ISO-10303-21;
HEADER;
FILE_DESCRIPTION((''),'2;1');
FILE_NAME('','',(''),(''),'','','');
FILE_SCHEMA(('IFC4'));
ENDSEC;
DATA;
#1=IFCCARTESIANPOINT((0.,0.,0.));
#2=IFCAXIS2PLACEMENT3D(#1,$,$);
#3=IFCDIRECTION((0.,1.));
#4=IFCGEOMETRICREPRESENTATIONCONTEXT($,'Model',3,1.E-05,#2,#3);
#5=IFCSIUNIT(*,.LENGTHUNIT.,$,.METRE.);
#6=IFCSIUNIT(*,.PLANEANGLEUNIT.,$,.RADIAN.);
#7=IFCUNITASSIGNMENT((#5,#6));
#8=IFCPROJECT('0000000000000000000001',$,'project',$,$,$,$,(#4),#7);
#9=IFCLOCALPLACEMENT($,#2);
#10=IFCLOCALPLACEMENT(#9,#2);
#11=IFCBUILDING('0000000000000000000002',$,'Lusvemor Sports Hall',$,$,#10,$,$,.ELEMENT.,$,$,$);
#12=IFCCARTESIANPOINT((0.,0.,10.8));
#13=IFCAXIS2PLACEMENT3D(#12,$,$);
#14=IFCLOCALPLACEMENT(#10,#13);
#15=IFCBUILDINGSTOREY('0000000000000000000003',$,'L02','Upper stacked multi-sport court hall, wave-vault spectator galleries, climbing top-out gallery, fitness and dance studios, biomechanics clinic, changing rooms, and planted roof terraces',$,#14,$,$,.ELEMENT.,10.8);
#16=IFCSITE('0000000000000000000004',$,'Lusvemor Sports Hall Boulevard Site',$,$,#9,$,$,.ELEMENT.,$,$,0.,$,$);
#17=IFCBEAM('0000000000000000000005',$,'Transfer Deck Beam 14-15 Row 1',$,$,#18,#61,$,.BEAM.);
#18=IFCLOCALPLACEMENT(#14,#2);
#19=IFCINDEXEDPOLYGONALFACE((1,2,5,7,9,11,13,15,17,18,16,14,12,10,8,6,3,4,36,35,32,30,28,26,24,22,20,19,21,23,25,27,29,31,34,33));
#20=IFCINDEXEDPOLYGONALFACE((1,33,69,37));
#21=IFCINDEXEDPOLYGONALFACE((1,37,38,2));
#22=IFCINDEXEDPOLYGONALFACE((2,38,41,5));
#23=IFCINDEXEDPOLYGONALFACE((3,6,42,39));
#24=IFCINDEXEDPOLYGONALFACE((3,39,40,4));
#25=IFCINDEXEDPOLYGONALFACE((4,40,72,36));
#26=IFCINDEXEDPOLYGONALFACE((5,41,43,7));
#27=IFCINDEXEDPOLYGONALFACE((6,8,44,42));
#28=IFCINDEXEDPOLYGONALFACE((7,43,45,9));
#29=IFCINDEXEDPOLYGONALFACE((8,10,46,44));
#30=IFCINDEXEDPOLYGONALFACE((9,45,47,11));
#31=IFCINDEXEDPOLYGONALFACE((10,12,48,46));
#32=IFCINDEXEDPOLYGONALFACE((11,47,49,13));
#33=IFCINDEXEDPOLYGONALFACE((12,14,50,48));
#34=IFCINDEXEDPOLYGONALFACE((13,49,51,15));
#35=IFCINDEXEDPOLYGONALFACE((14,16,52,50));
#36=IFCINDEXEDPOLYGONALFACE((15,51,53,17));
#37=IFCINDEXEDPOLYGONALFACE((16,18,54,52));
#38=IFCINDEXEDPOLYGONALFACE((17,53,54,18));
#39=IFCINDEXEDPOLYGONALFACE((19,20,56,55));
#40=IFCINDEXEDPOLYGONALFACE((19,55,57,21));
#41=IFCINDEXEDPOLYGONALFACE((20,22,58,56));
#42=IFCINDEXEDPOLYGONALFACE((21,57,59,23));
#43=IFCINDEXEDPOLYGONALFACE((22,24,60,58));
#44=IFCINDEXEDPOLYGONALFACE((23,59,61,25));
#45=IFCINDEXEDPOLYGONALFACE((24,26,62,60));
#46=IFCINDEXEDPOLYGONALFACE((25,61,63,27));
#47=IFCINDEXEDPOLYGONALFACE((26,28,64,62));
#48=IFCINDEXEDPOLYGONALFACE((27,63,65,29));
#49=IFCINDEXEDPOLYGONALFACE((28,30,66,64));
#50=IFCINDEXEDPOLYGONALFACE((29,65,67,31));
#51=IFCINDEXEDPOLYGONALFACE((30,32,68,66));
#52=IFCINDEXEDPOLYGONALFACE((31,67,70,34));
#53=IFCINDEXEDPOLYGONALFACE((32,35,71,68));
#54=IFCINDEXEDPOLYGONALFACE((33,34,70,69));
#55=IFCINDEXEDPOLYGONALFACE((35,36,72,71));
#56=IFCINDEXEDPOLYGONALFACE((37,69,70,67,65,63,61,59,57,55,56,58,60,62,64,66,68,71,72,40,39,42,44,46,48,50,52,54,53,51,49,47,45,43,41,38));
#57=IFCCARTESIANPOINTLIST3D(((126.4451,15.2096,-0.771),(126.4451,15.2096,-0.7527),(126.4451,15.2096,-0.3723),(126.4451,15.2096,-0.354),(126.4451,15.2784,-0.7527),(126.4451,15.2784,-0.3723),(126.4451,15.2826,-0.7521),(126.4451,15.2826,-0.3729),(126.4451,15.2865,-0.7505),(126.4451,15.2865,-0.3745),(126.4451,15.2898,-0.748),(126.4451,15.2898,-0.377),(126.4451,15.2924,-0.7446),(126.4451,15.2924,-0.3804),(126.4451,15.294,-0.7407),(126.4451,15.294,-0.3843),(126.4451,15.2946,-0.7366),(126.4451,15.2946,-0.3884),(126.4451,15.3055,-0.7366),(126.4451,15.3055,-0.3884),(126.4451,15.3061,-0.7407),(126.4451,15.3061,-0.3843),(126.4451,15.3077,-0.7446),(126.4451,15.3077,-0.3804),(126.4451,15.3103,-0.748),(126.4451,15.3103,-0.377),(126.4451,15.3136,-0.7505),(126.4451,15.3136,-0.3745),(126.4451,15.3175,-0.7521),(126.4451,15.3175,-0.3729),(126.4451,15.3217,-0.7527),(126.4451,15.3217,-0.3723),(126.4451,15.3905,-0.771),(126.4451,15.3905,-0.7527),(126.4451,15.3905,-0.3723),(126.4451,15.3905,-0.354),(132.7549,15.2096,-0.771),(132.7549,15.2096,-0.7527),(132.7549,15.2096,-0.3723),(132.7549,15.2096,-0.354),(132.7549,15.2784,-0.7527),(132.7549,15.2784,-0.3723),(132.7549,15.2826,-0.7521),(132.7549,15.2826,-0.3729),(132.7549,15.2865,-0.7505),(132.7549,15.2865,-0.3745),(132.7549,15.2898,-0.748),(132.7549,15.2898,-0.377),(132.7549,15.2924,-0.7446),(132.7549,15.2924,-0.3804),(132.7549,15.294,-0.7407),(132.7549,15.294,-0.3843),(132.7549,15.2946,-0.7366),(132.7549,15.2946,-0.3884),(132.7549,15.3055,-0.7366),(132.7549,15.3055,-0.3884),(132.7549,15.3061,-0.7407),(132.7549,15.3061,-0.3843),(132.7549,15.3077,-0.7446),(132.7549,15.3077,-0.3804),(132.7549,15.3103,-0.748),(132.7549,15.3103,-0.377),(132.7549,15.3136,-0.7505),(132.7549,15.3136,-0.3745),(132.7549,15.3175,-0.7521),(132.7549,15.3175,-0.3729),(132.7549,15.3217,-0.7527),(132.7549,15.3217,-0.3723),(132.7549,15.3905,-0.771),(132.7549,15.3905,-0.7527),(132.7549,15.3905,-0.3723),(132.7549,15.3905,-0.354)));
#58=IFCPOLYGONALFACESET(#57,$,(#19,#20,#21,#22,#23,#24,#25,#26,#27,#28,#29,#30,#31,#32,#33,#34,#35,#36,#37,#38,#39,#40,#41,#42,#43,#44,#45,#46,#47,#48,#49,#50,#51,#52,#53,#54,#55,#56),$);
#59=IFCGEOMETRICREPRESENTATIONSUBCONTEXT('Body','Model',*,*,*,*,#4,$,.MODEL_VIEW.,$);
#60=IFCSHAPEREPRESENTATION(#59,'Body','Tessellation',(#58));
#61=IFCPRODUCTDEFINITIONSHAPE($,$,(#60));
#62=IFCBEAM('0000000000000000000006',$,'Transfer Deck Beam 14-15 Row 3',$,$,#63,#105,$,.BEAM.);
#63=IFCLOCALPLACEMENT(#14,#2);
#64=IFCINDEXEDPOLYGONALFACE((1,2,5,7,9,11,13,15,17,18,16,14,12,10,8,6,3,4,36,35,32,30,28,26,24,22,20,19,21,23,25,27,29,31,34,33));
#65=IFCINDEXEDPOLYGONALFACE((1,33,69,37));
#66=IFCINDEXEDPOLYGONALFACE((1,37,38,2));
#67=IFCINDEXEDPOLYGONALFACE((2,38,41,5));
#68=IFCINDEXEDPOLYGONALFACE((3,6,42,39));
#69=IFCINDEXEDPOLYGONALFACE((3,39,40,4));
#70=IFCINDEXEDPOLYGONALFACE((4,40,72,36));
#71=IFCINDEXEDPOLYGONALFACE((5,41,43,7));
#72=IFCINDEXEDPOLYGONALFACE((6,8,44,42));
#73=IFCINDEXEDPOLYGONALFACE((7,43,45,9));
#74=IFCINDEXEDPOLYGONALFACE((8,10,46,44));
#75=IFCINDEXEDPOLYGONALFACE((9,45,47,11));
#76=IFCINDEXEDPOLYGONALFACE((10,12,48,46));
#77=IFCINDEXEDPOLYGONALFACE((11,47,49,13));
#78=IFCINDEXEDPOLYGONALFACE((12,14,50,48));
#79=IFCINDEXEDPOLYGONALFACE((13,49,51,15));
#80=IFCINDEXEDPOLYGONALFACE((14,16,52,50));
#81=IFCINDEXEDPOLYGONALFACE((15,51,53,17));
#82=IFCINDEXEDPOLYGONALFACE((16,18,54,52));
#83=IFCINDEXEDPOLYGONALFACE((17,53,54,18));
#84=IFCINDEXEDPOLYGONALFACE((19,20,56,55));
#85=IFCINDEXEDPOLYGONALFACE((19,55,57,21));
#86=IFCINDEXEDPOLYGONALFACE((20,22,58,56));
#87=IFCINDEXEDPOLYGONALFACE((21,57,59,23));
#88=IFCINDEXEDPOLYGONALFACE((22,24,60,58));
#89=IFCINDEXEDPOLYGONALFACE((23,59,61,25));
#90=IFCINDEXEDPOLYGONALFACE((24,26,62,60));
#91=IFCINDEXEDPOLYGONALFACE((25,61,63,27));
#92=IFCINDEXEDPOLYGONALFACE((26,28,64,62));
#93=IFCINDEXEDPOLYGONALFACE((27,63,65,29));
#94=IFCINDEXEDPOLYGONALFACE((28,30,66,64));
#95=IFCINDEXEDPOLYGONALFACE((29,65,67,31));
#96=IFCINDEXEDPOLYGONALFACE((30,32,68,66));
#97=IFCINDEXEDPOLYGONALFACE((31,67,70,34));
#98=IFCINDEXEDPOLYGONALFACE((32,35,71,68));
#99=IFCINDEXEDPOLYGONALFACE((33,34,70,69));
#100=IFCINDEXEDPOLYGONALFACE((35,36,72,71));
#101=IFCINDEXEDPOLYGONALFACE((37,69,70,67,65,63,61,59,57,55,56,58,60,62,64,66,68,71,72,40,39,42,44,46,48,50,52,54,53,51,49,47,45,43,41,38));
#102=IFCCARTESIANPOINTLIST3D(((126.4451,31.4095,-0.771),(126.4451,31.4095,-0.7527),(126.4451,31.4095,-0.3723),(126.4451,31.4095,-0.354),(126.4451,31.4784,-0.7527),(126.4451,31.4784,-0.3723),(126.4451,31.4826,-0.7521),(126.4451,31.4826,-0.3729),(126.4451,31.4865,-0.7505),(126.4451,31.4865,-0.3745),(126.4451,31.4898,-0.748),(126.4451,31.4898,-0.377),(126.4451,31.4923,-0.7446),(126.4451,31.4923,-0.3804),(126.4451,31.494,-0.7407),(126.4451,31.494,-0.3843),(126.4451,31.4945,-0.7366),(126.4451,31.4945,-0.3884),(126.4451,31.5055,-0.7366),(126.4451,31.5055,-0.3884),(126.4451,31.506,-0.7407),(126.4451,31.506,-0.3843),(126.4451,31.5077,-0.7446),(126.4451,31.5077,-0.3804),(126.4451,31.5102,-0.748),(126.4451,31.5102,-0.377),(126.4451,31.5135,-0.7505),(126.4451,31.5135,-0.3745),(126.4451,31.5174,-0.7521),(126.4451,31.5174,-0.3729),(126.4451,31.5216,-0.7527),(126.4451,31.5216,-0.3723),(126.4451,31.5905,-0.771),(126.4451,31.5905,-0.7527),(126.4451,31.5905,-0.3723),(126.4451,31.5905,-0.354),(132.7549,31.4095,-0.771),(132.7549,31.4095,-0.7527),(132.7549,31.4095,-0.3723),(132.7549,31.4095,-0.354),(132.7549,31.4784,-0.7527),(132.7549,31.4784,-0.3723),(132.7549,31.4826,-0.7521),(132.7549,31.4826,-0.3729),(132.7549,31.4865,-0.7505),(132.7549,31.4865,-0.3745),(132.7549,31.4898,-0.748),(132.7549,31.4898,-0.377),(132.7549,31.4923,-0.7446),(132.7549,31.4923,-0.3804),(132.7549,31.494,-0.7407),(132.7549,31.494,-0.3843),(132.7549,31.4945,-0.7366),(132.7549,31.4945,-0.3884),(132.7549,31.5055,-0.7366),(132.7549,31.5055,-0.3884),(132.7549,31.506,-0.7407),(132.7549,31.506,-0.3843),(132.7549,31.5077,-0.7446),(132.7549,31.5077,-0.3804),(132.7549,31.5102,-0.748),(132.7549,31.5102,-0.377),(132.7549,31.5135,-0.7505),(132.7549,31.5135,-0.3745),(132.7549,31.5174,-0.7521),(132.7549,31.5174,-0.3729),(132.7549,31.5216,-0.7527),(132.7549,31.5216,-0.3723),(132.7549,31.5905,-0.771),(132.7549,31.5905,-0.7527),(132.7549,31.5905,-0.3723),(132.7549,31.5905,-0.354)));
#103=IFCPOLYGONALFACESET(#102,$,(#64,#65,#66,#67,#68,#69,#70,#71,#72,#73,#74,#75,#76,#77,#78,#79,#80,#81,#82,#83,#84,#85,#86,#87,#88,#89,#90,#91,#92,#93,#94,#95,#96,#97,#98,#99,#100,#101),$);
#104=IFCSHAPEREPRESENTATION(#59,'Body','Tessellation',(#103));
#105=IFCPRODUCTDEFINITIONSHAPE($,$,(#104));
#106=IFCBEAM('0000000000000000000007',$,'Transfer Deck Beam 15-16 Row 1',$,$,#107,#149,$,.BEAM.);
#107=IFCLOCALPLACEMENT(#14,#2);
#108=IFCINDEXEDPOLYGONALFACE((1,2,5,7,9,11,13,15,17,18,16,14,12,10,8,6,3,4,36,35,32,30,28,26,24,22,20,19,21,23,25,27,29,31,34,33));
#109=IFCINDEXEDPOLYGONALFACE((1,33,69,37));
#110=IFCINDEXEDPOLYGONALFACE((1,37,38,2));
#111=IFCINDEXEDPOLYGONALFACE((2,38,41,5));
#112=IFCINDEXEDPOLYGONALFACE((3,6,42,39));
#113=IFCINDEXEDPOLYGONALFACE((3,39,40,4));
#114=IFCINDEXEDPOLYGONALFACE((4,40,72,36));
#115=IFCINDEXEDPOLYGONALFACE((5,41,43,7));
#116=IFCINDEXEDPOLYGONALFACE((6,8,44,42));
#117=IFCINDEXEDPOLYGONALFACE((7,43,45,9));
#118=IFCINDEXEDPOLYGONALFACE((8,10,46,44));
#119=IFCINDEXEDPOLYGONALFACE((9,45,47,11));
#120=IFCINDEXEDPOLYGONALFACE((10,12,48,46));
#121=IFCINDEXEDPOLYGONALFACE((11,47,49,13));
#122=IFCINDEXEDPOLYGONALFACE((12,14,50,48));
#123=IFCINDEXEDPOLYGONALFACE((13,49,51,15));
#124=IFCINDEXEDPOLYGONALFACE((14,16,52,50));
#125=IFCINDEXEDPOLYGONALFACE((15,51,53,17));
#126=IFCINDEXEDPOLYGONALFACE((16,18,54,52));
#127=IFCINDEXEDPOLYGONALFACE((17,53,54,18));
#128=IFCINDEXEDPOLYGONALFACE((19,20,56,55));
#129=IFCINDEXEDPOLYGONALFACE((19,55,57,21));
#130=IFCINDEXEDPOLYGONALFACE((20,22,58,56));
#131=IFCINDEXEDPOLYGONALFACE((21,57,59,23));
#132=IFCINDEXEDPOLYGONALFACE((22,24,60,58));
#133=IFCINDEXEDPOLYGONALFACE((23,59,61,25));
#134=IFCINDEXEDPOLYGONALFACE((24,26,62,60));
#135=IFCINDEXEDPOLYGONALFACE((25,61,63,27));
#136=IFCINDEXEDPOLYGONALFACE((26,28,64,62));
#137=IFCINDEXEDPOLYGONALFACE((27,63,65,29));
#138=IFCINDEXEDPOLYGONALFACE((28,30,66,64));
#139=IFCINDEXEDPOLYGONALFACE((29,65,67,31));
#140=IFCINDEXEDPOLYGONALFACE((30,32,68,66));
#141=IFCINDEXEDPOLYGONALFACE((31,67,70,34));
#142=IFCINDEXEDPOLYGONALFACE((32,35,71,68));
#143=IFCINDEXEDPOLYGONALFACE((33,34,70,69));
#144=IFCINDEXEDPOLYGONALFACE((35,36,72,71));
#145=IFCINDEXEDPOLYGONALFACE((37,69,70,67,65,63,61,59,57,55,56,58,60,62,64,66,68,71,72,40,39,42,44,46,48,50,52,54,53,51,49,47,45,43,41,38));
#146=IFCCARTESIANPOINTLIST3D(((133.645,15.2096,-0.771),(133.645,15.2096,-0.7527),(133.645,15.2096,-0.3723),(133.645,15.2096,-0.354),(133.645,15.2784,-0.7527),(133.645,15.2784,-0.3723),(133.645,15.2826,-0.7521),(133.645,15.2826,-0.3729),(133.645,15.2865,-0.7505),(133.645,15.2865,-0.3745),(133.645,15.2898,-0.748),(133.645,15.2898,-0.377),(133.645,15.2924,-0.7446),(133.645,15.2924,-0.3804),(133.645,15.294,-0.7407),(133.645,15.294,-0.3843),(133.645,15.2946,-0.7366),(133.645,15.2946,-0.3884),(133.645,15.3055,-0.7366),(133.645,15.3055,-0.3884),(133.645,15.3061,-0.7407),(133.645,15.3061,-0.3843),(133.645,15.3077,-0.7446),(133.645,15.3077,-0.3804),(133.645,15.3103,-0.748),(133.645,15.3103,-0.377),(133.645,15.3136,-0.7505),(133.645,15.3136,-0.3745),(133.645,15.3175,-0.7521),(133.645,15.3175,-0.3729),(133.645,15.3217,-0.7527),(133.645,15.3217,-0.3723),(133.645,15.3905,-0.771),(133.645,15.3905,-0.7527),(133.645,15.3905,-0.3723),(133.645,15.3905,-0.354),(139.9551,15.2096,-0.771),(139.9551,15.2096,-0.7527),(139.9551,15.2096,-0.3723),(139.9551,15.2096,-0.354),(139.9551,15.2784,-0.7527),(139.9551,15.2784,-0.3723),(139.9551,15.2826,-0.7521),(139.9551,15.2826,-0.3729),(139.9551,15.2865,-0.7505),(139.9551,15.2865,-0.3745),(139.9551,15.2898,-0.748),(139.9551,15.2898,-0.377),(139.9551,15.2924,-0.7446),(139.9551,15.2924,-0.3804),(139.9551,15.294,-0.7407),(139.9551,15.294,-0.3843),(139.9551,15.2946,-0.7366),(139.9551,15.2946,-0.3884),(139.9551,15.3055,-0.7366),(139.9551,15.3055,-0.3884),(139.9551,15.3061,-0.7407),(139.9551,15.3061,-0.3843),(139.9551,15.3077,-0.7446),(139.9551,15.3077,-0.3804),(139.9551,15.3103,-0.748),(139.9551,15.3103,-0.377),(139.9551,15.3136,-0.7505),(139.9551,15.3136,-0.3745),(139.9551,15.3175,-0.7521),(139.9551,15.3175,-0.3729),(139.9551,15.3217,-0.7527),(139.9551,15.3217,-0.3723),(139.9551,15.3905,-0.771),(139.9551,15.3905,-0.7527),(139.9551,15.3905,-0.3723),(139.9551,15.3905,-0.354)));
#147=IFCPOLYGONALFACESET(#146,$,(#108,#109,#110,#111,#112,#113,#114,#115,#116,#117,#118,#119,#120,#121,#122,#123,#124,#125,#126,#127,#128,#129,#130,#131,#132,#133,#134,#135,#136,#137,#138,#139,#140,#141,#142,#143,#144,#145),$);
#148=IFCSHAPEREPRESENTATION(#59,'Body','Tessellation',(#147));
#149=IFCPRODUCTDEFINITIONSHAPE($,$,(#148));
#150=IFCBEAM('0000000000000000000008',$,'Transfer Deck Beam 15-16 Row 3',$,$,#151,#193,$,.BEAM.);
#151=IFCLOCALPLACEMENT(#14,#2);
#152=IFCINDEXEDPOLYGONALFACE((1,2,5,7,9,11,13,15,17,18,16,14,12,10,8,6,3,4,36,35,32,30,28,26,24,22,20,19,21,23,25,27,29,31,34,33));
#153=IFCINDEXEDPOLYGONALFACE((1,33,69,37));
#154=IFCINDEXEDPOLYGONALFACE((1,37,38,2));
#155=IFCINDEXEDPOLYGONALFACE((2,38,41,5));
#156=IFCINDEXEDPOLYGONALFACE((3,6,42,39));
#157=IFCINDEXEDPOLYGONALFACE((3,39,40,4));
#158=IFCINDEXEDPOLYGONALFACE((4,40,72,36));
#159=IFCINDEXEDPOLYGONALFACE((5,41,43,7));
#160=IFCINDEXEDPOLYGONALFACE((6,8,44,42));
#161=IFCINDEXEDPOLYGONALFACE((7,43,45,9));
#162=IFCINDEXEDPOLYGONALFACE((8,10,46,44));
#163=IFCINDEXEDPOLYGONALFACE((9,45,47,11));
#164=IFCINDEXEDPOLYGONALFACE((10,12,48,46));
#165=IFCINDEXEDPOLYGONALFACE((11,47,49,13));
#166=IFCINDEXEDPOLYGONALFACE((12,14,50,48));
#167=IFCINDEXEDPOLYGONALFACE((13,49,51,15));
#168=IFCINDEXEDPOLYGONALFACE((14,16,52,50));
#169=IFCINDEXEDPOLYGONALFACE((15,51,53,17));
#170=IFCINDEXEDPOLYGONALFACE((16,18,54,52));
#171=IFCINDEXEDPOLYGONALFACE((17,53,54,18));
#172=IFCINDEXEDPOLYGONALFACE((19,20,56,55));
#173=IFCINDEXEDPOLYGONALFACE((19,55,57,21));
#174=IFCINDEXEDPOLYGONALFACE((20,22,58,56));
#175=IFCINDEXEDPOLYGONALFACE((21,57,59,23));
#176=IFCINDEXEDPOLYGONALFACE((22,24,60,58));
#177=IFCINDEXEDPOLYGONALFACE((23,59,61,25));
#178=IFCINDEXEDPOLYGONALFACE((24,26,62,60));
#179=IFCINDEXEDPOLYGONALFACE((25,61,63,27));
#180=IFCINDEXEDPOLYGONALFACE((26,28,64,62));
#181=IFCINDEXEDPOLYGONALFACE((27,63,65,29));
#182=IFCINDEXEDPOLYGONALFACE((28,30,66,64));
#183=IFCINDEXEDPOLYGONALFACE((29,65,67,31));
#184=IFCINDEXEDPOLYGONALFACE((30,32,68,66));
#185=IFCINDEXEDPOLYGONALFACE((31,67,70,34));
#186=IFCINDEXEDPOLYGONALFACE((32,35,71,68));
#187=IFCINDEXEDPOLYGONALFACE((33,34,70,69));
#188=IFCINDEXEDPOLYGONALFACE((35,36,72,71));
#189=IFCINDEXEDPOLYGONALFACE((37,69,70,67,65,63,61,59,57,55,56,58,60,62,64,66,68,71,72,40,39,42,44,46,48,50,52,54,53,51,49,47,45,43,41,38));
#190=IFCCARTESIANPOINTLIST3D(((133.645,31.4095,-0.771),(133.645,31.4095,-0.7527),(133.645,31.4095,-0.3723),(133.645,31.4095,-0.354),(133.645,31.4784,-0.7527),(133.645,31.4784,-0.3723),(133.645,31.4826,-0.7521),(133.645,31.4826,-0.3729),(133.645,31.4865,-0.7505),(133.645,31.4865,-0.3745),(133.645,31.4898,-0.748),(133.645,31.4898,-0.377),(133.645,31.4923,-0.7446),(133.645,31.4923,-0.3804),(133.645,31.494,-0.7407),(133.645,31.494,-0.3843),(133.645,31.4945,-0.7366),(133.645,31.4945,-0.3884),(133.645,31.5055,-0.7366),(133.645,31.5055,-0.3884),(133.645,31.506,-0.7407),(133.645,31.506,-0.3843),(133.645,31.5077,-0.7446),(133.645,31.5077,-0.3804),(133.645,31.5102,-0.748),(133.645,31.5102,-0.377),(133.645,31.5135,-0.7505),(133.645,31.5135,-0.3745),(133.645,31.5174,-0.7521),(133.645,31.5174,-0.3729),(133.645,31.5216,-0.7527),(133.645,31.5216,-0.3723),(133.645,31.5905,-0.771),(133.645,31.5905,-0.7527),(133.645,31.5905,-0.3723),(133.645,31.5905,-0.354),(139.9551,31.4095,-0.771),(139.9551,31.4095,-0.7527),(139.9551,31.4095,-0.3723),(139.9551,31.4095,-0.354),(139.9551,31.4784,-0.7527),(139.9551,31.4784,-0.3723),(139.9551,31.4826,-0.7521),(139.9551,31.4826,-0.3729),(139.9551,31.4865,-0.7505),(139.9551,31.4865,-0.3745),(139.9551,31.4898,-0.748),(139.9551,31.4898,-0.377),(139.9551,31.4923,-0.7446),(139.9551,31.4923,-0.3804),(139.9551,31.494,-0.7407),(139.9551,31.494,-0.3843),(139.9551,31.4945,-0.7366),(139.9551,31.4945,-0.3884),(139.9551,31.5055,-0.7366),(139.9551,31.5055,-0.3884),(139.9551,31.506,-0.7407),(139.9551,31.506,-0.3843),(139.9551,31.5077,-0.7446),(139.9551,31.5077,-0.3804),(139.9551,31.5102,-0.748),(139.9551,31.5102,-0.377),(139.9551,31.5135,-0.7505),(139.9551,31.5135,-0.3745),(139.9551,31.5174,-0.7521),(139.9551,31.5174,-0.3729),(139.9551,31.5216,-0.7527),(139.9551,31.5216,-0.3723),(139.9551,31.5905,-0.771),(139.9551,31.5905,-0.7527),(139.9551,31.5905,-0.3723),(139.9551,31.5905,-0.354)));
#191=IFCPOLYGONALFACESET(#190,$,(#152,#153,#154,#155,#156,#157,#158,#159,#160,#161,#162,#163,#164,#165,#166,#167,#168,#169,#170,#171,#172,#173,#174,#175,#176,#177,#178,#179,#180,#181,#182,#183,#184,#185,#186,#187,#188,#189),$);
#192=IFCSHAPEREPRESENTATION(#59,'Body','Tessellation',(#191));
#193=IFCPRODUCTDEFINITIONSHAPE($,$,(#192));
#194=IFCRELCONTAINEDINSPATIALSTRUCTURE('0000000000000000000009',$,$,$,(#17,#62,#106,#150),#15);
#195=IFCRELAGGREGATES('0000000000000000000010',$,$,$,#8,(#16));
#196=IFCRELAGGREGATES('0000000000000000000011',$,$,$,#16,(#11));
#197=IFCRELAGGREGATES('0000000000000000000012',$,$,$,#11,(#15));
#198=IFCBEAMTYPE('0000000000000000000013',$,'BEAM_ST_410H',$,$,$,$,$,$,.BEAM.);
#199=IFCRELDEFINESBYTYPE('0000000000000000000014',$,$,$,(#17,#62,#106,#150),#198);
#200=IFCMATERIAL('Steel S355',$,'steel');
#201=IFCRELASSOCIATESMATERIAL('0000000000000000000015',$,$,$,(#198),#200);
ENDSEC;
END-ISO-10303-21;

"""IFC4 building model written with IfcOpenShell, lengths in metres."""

from ifc_helpers import new_model, si_unit, direction, frame, origin, origin_2d, place, context, subcontext, project, spatial, i_section, extrude, material, material_profile, profile_set, type_object, element, save


model = new_model("IFC4")

# Units and contexts
model_context = context("Model", 3, precision=1e-05, world=origin(), true_north=direction((0.0, 1.0)))
body_context = subcontext(model_context, "Body", "Model", "MODEL_VIEW")
ifc_project = project(units=[si_unit("LENGTHUNIT", "METRE"), si_unit("PLANEANGLEUNIT", "RADIAN")], contexts=[model_context])

# Site, building, storey
site_placement = place(None, origin())
site = spatial("IfcSite", under=ifc_project, at=site_placement, Name="Lusvemor Sports Hall Boulevard Site", CompositionType="ELEMENT", RefElevation=0.0)
building_placement = place(site_placement, origin())
building = spatial("IfcBuilding", under=site, at=building_placement, Name="Lusvemor Sports Hall", CompositionType="ELEMENT")
storey_placement = place(building_placement, frame((0.0, 0.0, 10.8)))
storey = spatial("IfcBuildingStorey", under=building, at=storey_placement, Name="L02", Description="Upper stacked multi-sport court hall, wave-vault spectator galleries, climbing top-out gallery, fitness and dance studios, biomechanics clinic, changing rooms, and planted roof terraces", CompositionType="ELEMENT", Elevation=10.8)

# Beams
ifc_material_1 = material(Name="Steel S355", Category="steel")
ifc_material_profile_1 = material_profile(ifc_material_1, i_section(OverallWidth=0.1809, OverallDepth=0.417, WebThickness=0.011, FlangeThickness=0.0183, FilletRadius=0.0161, at=origin_2d()), Name="W410x85.0")
ifc_profile_set_1 = profile_set([ifc_material_profile_1], Name="Steel S355")
beam_type_1 = type_object("IfcBeamType", Name="BEAM_ST_410H", PredefinedType="BEAM", material=ifc_profile_set_1)
for number, where, z_axis, x_axis, name in (
    (1, (126.4451, 15.3, -0.5625), (1.0, 0.0, 0.0), (0.0, 1.0, 0.0), "Transfer Deck Beam 14-15 Row 1"),
    (2, (126.4451, 31.5, -0.5625), (1.0, 0.0, 0.0), (0.0, 1.0, 0.0), "Transfer Deck Beam 14-15 Row 3"),
):
    element("IfcBeam", number, at=place(storey_placement, frame(where, z_axis=z_axis, x_axis=x_axis)), inside=storey, type_object=beam_type_1, Name=name, PredefinedType="BEAM", context=body_context, shape_type="SweptSolid", body=[
        extrude(i_section(OverallWidth=0.1809, OverallDepth=0.417, WebThickness=0.011, FlangeThickness=0.0183, FilletRadius=0.0161, at=origin_2d()), origin(), (0.0, 0.0, 1.0), 6.3098),
    ])
for number, where, z_axis, x_axis, name in (
    (3, (133.645, 15.3, -0.5625), (1.0, 0.0, 0.0), (0.0, 1.0, 0.0), "Transfer Deck Beam 15-16 Row 1"),
    (4, (133.645, 31.5, -0.5625), (1.0, 0.0, 0.0), (0.0, 1.0, 0.0), "Transfer Deck Beam 15-16 Row 3"),
):
    element("IfcBeam", number, at=place(storey_placement, frame(where, z_axis=z_axis, x_axis=x_axis)), inside=storey, type_object=beam_type_1, Name=name, PredefinedType="BEAM", context=body_context, shape_type="SweptSolid", body=[
        extrude(i_section(OverallWidth=0.1809, OverallDepth=0.417, WebThickness=0.011, FlangeThickness=0.0183, FilletRadius=0.0161, at=origin_2d()), origin(), (0.0, 0.0, 1.0), 6.3101),
    ])

save(model, "model.ifc")
